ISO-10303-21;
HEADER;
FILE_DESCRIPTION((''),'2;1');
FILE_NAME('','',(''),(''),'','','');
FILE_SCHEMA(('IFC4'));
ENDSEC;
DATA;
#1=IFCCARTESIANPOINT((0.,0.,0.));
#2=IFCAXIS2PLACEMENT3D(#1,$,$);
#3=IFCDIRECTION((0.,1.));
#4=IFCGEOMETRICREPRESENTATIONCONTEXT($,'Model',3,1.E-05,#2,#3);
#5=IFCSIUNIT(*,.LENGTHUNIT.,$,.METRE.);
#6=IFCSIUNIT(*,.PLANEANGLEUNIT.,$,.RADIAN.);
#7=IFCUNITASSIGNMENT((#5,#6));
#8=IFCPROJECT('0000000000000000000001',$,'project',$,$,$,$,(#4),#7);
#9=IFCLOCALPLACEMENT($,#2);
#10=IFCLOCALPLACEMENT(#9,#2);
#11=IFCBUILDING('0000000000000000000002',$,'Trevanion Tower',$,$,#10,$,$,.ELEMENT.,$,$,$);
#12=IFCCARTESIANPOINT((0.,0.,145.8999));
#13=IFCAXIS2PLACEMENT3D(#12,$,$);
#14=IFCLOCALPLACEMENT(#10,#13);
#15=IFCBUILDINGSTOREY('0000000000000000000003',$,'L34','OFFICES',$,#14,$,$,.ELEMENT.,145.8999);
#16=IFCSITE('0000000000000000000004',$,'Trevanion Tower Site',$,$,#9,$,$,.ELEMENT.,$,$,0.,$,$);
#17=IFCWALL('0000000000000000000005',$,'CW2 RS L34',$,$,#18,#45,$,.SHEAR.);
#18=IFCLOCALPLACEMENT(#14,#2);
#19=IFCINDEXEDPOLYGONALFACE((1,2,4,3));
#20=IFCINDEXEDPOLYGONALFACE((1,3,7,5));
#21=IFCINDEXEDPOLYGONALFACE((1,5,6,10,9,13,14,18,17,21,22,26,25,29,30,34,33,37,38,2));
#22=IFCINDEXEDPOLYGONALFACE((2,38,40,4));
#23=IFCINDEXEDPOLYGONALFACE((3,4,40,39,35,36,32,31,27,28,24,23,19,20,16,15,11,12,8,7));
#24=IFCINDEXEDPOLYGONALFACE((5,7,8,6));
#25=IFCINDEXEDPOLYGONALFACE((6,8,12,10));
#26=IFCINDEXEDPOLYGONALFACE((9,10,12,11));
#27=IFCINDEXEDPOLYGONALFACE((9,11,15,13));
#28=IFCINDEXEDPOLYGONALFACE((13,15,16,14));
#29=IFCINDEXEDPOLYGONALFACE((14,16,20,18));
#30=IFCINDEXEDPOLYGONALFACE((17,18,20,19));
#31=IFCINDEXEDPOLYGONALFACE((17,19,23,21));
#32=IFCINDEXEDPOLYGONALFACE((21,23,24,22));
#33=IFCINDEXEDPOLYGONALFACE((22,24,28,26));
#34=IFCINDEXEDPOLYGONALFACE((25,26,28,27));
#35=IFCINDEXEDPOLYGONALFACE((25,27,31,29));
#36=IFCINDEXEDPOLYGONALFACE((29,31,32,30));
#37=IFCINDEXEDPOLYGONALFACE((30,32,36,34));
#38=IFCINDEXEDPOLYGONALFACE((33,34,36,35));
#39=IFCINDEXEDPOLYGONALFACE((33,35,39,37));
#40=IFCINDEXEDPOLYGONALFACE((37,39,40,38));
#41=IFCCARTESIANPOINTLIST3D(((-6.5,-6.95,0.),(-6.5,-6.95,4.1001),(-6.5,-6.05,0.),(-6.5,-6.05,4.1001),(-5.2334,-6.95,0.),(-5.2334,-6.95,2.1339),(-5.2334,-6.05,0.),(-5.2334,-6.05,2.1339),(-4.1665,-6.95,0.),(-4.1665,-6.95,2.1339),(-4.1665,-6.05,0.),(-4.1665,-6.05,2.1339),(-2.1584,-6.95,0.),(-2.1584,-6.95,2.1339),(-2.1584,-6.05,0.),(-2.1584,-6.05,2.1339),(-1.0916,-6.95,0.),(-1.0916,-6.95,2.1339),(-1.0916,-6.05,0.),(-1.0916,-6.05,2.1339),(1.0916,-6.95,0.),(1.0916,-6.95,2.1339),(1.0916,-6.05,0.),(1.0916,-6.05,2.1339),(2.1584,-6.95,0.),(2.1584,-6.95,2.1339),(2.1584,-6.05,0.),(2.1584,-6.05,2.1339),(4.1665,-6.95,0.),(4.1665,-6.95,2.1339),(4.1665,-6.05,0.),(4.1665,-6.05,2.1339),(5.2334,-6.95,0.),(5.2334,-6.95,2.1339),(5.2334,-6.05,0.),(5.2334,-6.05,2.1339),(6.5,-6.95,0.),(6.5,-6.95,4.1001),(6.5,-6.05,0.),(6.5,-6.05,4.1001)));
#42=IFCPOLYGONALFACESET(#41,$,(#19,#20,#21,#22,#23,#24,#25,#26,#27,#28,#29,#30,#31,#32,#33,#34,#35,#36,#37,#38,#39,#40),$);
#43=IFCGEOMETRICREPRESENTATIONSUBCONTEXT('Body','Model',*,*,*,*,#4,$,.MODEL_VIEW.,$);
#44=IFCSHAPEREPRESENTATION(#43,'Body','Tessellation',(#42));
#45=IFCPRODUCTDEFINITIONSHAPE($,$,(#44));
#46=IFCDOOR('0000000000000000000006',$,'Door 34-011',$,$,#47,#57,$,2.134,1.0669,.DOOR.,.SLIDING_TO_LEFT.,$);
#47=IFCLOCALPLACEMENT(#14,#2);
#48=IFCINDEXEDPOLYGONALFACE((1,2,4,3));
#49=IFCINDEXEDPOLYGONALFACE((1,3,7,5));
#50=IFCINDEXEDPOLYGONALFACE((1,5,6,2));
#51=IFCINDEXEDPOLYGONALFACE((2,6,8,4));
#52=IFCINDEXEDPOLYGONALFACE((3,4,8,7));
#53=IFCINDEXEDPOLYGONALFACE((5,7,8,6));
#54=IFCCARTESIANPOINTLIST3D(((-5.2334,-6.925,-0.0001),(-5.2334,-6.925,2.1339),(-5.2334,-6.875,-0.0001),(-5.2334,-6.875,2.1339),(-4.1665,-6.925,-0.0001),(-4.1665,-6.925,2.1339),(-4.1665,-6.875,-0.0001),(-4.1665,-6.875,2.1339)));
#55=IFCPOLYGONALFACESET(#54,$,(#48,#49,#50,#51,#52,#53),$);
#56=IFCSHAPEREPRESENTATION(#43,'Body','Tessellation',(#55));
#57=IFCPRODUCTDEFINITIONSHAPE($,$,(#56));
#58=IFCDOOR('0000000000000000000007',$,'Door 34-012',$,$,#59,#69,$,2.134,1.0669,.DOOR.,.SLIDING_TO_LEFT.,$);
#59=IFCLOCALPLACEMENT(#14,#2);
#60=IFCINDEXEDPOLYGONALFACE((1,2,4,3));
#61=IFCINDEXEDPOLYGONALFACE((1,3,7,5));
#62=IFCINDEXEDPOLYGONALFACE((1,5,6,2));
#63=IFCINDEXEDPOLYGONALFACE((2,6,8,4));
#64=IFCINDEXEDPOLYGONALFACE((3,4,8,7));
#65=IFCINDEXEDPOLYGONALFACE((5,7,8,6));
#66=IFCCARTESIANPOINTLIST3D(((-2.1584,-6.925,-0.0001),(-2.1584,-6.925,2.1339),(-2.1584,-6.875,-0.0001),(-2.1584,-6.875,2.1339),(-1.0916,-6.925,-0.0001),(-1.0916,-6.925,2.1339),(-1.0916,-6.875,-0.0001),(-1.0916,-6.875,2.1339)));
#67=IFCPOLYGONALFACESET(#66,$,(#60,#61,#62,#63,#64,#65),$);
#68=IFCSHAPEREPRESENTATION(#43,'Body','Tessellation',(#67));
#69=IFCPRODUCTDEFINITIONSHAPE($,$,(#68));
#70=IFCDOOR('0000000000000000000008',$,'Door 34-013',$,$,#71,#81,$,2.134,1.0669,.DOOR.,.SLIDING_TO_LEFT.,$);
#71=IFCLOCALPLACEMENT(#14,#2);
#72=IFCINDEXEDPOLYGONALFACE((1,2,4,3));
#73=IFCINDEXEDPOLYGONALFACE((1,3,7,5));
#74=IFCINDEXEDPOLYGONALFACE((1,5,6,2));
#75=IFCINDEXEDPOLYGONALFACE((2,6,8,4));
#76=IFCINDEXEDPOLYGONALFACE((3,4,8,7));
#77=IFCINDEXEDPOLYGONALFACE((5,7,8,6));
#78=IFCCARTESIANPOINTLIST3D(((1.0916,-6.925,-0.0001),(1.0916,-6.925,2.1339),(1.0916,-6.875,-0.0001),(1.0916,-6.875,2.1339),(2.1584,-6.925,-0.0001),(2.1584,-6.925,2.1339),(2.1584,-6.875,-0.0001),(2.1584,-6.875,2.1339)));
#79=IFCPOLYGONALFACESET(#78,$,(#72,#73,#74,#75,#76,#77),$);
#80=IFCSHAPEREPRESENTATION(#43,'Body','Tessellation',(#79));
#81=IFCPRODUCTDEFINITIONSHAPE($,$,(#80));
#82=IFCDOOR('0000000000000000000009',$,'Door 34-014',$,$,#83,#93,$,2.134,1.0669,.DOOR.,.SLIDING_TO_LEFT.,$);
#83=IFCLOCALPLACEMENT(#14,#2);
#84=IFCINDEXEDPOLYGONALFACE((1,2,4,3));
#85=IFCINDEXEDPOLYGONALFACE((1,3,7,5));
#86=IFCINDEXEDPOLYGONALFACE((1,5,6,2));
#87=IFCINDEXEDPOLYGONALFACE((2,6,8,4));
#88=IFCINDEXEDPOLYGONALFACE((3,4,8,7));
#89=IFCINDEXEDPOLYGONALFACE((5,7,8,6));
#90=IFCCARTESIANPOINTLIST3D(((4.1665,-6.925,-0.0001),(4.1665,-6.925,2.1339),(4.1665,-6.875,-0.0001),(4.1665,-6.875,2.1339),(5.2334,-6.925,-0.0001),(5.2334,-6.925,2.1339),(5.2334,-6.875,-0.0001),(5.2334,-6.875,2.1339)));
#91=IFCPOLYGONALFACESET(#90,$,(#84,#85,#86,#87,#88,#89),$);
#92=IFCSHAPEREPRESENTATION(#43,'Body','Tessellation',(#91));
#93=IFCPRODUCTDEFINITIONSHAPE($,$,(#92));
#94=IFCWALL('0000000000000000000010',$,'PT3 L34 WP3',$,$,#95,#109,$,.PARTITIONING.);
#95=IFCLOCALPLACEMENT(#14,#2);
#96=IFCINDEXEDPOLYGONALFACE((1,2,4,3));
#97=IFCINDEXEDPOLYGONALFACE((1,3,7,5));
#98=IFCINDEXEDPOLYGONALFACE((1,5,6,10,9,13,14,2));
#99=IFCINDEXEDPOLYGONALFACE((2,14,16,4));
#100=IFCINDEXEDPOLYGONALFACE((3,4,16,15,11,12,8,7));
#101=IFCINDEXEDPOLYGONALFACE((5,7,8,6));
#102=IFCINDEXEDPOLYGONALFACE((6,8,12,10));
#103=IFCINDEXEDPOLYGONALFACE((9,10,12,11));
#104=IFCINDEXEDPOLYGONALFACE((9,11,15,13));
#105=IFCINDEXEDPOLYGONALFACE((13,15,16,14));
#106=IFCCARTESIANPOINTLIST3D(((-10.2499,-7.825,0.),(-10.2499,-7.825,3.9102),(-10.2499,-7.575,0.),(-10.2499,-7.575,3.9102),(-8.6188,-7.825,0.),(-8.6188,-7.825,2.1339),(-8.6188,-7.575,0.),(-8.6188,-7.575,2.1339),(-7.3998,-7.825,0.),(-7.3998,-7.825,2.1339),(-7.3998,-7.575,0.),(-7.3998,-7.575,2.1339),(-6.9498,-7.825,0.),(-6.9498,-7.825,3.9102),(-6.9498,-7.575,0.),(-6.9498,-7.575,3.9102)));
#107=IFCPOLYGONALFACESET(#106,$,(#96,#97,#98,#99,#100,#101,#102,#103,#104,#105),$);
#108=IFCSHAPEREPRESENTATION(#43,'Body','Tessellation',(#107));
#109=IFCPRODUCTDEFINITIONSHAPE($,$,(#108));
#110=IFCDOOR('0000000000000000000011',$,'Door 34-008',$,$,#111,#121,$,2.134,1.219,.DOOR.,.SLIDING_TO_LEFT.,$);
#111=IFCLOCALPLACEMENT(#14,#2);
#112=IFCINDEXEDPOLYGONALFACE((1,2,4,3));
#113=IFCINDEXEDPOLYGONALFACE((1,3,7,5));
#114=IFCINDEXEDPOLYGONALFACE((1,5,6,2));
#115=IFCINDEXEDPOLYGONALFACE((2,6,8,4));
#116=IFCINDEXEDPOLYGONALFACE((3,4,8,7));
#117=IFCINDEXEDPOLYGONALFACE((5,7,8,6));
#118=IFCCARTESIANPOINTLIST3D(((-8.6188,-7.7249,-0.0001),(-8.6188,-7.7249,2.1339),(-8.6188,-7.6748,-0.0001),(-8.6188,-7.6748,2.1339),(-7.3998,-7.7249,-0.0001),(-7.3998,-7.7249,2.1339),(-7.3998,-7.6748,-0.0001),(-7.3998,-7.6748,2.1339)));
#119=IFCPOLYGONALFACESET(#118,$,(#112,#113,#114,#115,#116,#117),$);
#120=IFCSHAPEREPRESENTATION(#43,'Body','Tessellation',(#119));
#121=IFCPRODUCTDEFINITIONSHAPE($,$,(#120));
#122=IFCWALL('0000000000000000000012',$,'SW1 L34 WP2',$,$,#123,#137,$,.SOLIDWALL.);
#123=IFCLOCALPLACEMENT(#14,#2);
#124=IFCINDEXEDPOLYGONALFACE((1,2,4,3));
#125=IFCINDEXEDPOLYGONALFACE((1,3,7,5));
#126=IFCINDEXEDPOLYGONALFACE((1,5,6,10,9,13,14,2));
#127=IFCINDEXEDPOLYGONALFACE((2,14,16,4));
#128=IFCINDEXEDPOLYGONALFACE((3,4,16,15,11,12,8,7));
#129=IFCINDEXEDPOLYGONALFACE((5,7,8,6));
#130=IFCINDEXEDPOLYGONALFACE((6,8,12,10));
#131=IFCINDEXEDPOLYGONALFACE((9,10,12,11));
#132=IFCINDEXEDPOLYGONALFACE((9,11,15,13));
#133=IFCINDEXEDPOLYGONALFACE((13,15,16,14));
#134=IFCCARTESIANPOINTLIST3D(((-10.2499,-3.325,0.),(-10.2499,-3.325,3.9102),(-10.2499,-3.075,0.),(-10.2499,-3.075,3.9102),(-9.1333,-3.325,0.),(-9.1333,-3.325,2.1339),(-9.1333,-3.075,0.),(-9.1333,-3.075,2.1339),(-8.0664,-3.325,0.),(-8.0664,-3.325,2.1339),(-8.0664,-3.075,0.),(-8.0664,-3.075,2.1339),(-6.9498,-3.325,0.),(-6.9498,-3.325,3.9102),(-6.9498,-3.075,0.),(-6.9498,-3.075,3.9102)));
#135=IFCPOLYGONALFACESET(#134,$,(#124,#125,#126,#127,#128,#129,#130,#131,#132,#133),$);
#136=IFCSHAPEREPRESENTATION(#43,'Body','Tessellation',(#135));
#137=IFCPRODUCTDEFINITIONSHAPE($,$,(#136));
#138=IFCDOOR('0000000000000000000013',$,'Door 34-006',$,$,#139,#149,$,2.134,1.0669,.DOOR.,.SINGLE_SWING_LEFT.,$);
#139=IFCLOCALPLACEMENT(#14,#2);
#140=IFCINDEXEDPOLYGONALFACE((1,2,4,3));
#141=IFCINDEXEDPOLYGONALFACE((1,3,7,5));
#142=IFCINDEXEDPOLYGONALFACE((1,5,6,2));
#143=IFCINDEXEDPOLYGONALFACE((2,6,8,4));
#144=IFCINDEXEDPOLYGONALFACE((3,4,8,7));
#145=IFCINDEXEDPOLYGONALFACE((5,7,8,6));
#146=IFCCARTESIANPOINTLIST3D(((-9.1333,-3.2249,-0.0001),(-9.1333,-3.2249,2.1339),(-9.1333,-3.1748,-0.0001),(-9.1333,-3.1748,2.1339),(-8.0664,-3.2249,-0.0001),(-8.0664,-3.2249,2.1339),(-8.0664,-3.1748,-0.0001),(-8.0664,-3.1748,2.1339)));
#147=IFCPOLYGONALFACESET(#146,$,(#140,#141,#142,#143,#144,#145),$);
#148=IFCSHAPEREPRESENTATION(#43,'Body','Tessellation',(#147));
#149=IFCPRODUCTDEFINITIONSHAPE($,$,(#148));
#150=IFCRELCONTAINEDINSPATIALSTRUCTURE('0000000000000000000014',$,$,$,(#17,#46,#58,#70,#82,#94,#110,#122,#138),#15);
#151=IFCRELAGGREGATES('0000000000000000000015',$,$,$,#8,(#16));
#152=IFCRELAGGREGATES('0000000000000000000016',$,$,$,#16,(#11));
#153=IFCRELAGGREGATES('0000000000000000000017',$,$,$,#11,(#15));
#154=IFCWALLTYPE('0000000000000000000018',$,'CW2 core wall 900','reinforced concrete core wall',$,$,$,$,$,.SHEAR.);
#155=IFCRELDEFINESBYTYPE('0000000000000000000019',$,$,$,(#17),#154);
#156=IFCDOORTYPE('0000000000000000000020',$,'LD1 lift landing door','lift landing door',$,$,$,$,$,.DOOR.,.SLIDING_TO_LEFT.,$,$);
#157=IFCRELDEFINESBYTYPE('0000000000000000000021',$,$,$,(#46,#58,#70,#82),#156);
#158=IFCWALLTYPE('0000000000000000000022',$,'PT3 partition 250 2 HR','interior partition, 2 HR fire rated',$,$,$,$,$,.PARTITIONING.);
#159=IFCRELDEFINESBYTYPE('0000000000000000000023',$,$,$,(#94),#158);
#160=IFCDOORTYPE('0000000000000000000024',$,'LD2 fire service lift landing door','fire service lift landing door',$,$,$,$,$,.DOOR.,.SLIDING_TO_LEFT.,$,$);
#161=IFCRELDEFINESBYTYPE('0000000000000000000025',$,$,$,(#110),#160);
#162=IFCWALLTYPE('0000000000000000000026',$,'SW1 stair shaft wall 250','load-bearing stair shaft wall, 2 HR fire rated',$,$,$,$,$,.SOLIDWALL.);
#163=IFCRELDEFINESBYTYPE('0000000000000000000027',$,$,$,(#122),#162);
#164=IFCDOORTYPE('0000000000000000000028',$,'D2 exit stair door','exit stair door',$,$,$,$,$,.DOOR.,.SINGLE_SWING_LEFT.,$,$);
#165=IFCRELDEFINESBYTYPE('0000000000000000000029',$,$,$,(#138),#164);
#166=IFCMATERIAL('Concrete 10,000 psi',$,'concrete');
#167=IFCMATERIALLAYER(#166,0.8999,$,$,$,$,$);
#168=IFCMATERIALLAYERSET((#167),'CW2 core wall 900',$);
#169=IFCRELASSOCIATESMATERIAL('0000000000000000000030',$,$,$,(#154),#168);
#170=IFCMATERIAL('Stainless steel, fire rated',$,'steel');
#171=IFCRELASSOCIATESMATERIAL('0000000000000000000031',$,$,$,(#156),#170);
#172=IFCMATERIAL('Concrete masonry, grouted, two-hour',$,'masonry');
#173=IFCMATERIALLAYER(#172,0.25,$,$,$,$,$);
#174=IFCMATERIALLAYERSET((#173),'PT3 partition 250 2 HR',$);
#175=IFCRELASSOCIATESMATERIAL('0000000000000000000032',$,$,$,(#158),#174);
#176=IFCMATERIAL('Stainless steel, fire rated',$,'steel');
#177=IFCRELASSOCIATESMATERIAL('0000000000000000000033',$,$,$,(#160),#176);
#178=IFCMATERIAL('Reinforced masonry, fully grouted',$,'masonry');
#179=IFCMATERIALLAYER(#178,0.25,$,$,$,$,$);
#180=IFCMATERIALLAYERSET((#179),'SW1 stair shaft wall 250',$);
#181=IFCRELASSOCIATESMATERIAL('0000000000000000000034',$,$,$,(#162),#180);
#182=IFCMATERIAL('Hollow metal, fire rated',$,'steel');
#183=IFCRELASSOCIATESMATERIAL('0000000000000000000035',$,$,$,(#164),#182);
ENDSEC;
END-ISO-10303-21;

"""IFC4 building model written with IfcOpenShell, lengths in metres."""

from ifc_helpers import new_model, si_unit, direction, frame, frame_2d, origin, place, context, subcontext, project, spatial, rectangle, extrude, material, layer, layer_set, type_object, element, fill, save


model = new_model("IFC4")

# Units and contexts
model_context = context("Model", 3, precision=1e-05, world=origin(), true_north=direction((0.0, 1.0)))
body_context = subcontext(model_context, "Body", "Model", "MODEL_VIEW")
ifc_project = project(units=[si_unit("LENGTHUNIT", "METRE"), si_unit("PLANEANGLEUNIT", "RADIAN")], contexts=[model_context])

# Site, building, storey
site_placement = place(None, origin())
site = spatial("IfcSite", under=ifc_project, at=site_placement, Name="Trevanion Tower Site", CompositionType="ELEMENT", RefElevation=0.0)
building_placement = place(site_placement, origin())
building = spatial("IfcBuilding", under=site, at=building_placement, Name="Trevanion Tower", CompositionType="ELEMENT")
storey_placement = place(building_placement, frame((0.0, 0.0, 145.8999)))
storey = spatial("IfcBuildingStorey", under=building, at=storey_placement, Name="L34", Description="OFFICES", CompositionType="ELEMENT", Elevation=145.8999)

# Shared definitions
ifc_material_1 = material(Name="Concrete 10,000 psi", Category="concrete")
ifc_layer_1 = layer(ifc_material_1, 0.8999)
ifc_layer_set_1 = layer_set([ifc_layer_1], Name="CW2 core wall 900")
wall_type_1 = type_object("IfcWallType", Name="CW2 core wall 900", Description="reinforced concrete core wall", PredefinedType="SHEAR", material=ifc_layer_set_1)

# Wall, openings, doors
wall_1_placement = place(storey_placement, frame((-6.5, -6.5, 0.0), z_axis=(0.0, 0.0, 1.0), x_axis=(1.0, 0.0, 0.0)))
wall_1 = element("IfcWall", 1, at=wall_1_placement, inside=storey, type_object=wall_type_1, Name="CW2 RS L34", PredefinedType="SHEAR", context=body_context, shape_type="SweptSolid", body=[
    extrude(rectangle(XDim=13.0, YDim=0.8999, at=frame_2d((6.5, 0.0))), origin(), (0.0, 0.0, 1.0), 4.1001),
])
opening_1_placement = place(wall_1_placement, frame((1.2666, 0.0, 0.0)))
opening_1 = element("IfcOpeningElement", 2, at=opening_1_placement, cuts=wall_1, PredefinedType="OPENING", context=body_context, shape_type="SweptSolid", body=[
    extrude(rectangle(XDim=1.0669, YDim=2.134, at=frame_2d((0.5334, 1.0669))), frame((0.0, 0.46, 0.0), z_axis=(0.0, -1.0, 0.0), x_axis=(1.0, 0.0, 0.0)), (0.0, 0.0, 1.0), 0.9199),
])
opening_2_placement = place(wall_1_placement, frame((4.3416, 0.0, 0.0)))
opening_2 = element("IfcOpeningElement", 3, at=opening_2_placement, cuts=wall_1, PredefinedType="OPENING", context=body_context, shape_type="SweptSolid", body=[
    extrude(rectangle(XDim=1.0669, YDim=2.134, at=frame_2d((0.5334, 1.0669))), frame((0.0, 0.46, 0.0), z_axis=(0.0, -1.0, 0.0), x_axis=(1.0, 0.0, 0.0)), (0.0, 0.0, 1.0), 0.9199),
])
opening_3_placement = place(wall_1_placement, frame((7.5916, 0.0, 0.0)))
opening_3 = element("IfcOpeningElement", 4, at=opening_3_placement, cuts=wall_1, PredefinedType="OPENING", context=body_context, shape_type="SweptSolid", body=[
    extrude(rectangle(XDim=1.0669, YDim=2.134, at=frame_2d((0.5334, 1.0669))), frame((0.0, 0.46, 0.0), z_axis=(0.0, -1.0, 0.0), x_axis=(1.0, 0.0, 0.0)), (0.0, 0.0, 1.0), 0.9199),
])
opening_4_placement = place(wall_1_placement, frame((10.6665, 0.0, 0.0)))
opening_4 = element("IfcOpeningElement", 5, at=opening_4_placement, cuts=wall_1, PredefinedType="OPENING", context=body_context, shape_type="SweptSolid", body=[
    extrude(rectangle(XDim=1.0669, YDim=2.134, at=frame_2d((0.5334, 1.0669))), frame((0.0, 0.46, 0.0), z_axis=(0.0, -1.0, 0.0), x_axis=(1.0, 0.0, 0.0)), (0.0, 0.0, 1.0), 0.9199),
])
ifc_material_2 = material(Name="Stainless steel, fire rated", Category="steel")
door_type_1 = type_object("IfcDoorType", Name="LD1 lift landing door", Description="lift landing door", OperationType="SLIDING_TO_LEFT", PredefinedType="DOOR", material=ifc_material_2)
door_1_placement = place(opening_1_placement, origin())
door_1 = element("IfcDoor", 6, at=door_1_placement, inside=storey, type_object=door_type_1, Name="Door 34-011", OperationType="SLIDING_TO_LEFT", OverallHeight=2.134, OverallWidth=1.0669, PredefinedType="DOOR", context=body_context, shape_type="SweptSolid", body=[
    extrude(rectangle(XDim=1.0669, YDim=2.134, at=frame_2d((0.5334, 1.0669))), frame((0.0, -0.375, 0.0), z_axis=(0.0, -1.0, 0.0), x_axis=(1.0, 0.0, 0.0)), (0.0, 0.0, 1.0), 0.05),
])
fill(opening_1, door_1)
door_2_placement = place(opening_2_placement, origin())
door_2 = element("IfcDoor", 7, at=door_2_placement, inside=storey, type_object=door_type_1, Name="Door 34-012", OperationType="SLIDING_TO_LEFT", OverallHeight=2.134, OverallWidth=1.0669, PredefinedType="DOOR", context=body_context, shape_type="SweptSolid", body=[
    extrude(rectangle(XDim=1.0669, YDim=2.134, at=frame_2d((0.5334, 1.0669))), frame((0.0, -0.375, 0.0), z_axis=(0.0, -1.0, 0.0), x_axis=(1.0, 0.0, 0.0)), (0.0, 0.0, 1.0), 0.05),
])
fill(opening_2, door_2)
door_3_placement = place(opening_3_placement, origin())
door_3 = element("IfcDoor", 8, at=door_3_placement, inside=storey, type_object=door_type_1, Name="Door 34-013", OperationType="SLIDING_TO_LEFT", OverallHeight=2.134, OverallWidth=1.0669, PredefinedType="DOOR", context=body_context, shape_type="SweptSolid", body=[
    extrude(rectangle(XDim=1.0669, YDim=2.134, at=frame_2d((0.5334, 1.0669))), frame((0.0, -0.375, 0.0), z_axis=(0.0, -1.0, 0.0), x_axis=(1.0, 0.0, 0.0)), (0.0, 0.0, 1.0), 0.05),
])
fill(opening_3, door_3)
door_4_placement = place(opening_4_placement, origin())
door_4 = element("IfcDoor", 9, at=door_4_placement, inside=storey, type_object=door_type_1, Name="Door 34-014", OperationType="SLIDING_TO_LEFT", OverallHeight=2.134, OverallWidth=1.0669, PredefinedType="DOOR", context=body_context, shape_type="SweptSolid", body=[
    extrude(rectangle(XDim=1.0669, YDim=2.134, at=frame_2d((0.5334, 1.0669))), frame((0.0, -0.375, 0.0), z_axis=(0.0, -1.0, 0.0), x_axis=(1.0, 0.0, 0.0)), (0.0, 0.0, 1.0), 0.05),
])
fill(opening_4, door_4)

# Walls, openings, doors
ifc_material_3 = material(Name="Concrete masonry, grouted, two-hour", Category="masonry")
ifc_layer_2 = layer(ifc_material_3, 0.25)
ifc_layer_set_2 = layer_set([ifc_layer_2], Name="PT3 partition 250 2 HR")
wall_type_2 = type_object("IfcWallType", Name="PT3 partition 250 2 HR", Description="interior partition, 2 HR fire rated", PredefinedType="PARTITIONING", material=ifc_layer_set_2)
wall_2_placement = place(storey_placement, frame((-6.95, -7.7, 0.0), z_axis=(0.0, 0.0, 1.0), x_axis=(-1.0, 0.0, 0.0)))
wall_2 = element("IfcWall", 10, at=wall_2_placement, inside=storey, type_object=wall_type_2, Name="PT3 L34 WP3", PredefinedType="PARTITIONING", context=body_context, shape_type="SweptSolid", body=[
    extrude(rectangle(XDim=3.3, YDim=0.25, at=frame_2d((1.6499, 0.0))), origin(), (0.0, 0.0, 1.0), 3.9102),
])
opening_5_placement = place(wall_2_placement, frame((0.45, 0.0, 0.0)))
opening_5 = element("IfcOpeningElement", 11, at=opening_5_placement, cuts=wall_2, PredefinedType="OPENING", context=body_context, shape_type="SweptSolid", body=[
    extrude(rectangle(XDim=1.219, YDim=2.134, at=frame_2d((0.6094, 1.0669))), frame((0.0, 0.135, 0.0), z_axis=(0.0, -1.0, 0.0), x_axis=(1.0, 0.0, 0.0)), (0.0, 0.0, 1.0), 0.27),
])
ifc_material_4 = material(Name="Stainless steel, fire rated", Category="steel")
door_type_2 = type_object("IfcDoorType", Name="LD2 fire service lift landing door", Description="fire service lift landing door", OperationType="SLIDING_TO_LEFT", PredefinedType="DOOR", material=ifc_material_4)
door_5_placement = place(opening_5_placement, origin())
door_5 = element("IfcDoor", 12, at=door_5_placement, inside=storey, type_object=door_type_2, Name="Door 34-008", OperationType="SLIDING_TO_LEFT", OverallHeight=2.134, OverallWidth=1.219, PredefinedType="DOOR", context=body_context, shape_type="SweptSolid", body=[
    extrude(rectangle(XDim=1.219, YDim=2.134, at=frame_2d((0.6094, 1.0669))), frame((0.0, 0.0249, 0.0), z_axis=(0.0, -1.0, 0.0), x_axis=(1.0, 0.0, 0.0)), (0.0, 0.0, 1.0), 0.05),
])
fill(opening_5, door_5)
ifc_material_5 = material(Name="Reinforced masonry, fully grouted", Category="masonry")
ifc_layer_3 = layer(ifc_material_5, 0.25)
ifc_layer_set_3 = layer_set([ifc_layer_3], Name="SW1 stair shaft wall 250")
wall_type_3 = type_object("IfcWallType", Name="SW1 stair shaft wall 250", Description="load-bearing stair shaft wall, 2 HR fire rated", PredefinedType="SOLIDWALL", material=ifc_layer_set_3)
wall_3_placement = place(storey_placement, frame((-6.95, -3.2, 0.0), z_axis=(0.0, 0.0, 1.0), x_axis=(-1.0, 0.0, 0.0)))
wall_3 = element("IfcWall", 13, at=wall_3_placement, inside=storey, type_object=wall_type_3, Name="SW1 L34 WP2", PredefinedType="SOLIDWALL", context=body_context, shape_type="SweptSolid", body=[
    extrude(rectangle(XDim=3.3, YDim=0.25, at=frame_2d((1.6499, 0.0))), origin(), (0.0, 0.0, 1.0), 3.9102),
])
opening_6_placement = place(wall_3_placement, frame((1.1165, 0.0, 0.0)))
opening_6 = element("IfcOpeningElement", 14, at=opening_6_placement, cuts=wall_3, PredefinedType="OPENING", context=body_context, shape_type="SweptSolid", body=[
    extrude(rectangle(XDim=1.0669, YDim=2.134, at=frame_2d((0.5334, 1.0669))), frame((0.0, 0.135, 0.0), z_axis=(0.0, -1.0, 0.0), x_axis=(1.0, 0.0, 0.0)), (0.0, 0.0, 1.0), 0.27),
])
ifc_material_6 = material(Name="Hollow metal, fire rated", Category="steel")
door_type_3 = type_object("IfcDoorType", Name="D2 exit stair door", Description="exit stair door", OperationType="SINGLE_SWING_LEFT", PredefinedType="DOOR", material=ifc_material_6)
door_6_placement = place(opening_6_placement, origin())
door_6 = element("IfcDoor", 15, at=door_6_placement, inside=storey, type_object=door_type_3, Name="Door 34-006", OperationType="SINGLE_SWING_LEFT", OverallHeight=2.134, OverallWidth=1.0669, PredefinedType="DOOR", context=body_context, shape_type="SweptSolid", body=[
    extrude(rectangle(XDim=1.0669, YDim=2.134, at=frame_2d((0.5334, 1.0669))), frame((0.0, 0.0249, 0.0), z_axis=(0.0, -1.0, 0.0), x_axis=(1.0, 0.0, 0.0)), (0.0, 0.0, 1.0), 0.05),
])
fill(opening_6, door_6)

save(model, "model.ifc")
